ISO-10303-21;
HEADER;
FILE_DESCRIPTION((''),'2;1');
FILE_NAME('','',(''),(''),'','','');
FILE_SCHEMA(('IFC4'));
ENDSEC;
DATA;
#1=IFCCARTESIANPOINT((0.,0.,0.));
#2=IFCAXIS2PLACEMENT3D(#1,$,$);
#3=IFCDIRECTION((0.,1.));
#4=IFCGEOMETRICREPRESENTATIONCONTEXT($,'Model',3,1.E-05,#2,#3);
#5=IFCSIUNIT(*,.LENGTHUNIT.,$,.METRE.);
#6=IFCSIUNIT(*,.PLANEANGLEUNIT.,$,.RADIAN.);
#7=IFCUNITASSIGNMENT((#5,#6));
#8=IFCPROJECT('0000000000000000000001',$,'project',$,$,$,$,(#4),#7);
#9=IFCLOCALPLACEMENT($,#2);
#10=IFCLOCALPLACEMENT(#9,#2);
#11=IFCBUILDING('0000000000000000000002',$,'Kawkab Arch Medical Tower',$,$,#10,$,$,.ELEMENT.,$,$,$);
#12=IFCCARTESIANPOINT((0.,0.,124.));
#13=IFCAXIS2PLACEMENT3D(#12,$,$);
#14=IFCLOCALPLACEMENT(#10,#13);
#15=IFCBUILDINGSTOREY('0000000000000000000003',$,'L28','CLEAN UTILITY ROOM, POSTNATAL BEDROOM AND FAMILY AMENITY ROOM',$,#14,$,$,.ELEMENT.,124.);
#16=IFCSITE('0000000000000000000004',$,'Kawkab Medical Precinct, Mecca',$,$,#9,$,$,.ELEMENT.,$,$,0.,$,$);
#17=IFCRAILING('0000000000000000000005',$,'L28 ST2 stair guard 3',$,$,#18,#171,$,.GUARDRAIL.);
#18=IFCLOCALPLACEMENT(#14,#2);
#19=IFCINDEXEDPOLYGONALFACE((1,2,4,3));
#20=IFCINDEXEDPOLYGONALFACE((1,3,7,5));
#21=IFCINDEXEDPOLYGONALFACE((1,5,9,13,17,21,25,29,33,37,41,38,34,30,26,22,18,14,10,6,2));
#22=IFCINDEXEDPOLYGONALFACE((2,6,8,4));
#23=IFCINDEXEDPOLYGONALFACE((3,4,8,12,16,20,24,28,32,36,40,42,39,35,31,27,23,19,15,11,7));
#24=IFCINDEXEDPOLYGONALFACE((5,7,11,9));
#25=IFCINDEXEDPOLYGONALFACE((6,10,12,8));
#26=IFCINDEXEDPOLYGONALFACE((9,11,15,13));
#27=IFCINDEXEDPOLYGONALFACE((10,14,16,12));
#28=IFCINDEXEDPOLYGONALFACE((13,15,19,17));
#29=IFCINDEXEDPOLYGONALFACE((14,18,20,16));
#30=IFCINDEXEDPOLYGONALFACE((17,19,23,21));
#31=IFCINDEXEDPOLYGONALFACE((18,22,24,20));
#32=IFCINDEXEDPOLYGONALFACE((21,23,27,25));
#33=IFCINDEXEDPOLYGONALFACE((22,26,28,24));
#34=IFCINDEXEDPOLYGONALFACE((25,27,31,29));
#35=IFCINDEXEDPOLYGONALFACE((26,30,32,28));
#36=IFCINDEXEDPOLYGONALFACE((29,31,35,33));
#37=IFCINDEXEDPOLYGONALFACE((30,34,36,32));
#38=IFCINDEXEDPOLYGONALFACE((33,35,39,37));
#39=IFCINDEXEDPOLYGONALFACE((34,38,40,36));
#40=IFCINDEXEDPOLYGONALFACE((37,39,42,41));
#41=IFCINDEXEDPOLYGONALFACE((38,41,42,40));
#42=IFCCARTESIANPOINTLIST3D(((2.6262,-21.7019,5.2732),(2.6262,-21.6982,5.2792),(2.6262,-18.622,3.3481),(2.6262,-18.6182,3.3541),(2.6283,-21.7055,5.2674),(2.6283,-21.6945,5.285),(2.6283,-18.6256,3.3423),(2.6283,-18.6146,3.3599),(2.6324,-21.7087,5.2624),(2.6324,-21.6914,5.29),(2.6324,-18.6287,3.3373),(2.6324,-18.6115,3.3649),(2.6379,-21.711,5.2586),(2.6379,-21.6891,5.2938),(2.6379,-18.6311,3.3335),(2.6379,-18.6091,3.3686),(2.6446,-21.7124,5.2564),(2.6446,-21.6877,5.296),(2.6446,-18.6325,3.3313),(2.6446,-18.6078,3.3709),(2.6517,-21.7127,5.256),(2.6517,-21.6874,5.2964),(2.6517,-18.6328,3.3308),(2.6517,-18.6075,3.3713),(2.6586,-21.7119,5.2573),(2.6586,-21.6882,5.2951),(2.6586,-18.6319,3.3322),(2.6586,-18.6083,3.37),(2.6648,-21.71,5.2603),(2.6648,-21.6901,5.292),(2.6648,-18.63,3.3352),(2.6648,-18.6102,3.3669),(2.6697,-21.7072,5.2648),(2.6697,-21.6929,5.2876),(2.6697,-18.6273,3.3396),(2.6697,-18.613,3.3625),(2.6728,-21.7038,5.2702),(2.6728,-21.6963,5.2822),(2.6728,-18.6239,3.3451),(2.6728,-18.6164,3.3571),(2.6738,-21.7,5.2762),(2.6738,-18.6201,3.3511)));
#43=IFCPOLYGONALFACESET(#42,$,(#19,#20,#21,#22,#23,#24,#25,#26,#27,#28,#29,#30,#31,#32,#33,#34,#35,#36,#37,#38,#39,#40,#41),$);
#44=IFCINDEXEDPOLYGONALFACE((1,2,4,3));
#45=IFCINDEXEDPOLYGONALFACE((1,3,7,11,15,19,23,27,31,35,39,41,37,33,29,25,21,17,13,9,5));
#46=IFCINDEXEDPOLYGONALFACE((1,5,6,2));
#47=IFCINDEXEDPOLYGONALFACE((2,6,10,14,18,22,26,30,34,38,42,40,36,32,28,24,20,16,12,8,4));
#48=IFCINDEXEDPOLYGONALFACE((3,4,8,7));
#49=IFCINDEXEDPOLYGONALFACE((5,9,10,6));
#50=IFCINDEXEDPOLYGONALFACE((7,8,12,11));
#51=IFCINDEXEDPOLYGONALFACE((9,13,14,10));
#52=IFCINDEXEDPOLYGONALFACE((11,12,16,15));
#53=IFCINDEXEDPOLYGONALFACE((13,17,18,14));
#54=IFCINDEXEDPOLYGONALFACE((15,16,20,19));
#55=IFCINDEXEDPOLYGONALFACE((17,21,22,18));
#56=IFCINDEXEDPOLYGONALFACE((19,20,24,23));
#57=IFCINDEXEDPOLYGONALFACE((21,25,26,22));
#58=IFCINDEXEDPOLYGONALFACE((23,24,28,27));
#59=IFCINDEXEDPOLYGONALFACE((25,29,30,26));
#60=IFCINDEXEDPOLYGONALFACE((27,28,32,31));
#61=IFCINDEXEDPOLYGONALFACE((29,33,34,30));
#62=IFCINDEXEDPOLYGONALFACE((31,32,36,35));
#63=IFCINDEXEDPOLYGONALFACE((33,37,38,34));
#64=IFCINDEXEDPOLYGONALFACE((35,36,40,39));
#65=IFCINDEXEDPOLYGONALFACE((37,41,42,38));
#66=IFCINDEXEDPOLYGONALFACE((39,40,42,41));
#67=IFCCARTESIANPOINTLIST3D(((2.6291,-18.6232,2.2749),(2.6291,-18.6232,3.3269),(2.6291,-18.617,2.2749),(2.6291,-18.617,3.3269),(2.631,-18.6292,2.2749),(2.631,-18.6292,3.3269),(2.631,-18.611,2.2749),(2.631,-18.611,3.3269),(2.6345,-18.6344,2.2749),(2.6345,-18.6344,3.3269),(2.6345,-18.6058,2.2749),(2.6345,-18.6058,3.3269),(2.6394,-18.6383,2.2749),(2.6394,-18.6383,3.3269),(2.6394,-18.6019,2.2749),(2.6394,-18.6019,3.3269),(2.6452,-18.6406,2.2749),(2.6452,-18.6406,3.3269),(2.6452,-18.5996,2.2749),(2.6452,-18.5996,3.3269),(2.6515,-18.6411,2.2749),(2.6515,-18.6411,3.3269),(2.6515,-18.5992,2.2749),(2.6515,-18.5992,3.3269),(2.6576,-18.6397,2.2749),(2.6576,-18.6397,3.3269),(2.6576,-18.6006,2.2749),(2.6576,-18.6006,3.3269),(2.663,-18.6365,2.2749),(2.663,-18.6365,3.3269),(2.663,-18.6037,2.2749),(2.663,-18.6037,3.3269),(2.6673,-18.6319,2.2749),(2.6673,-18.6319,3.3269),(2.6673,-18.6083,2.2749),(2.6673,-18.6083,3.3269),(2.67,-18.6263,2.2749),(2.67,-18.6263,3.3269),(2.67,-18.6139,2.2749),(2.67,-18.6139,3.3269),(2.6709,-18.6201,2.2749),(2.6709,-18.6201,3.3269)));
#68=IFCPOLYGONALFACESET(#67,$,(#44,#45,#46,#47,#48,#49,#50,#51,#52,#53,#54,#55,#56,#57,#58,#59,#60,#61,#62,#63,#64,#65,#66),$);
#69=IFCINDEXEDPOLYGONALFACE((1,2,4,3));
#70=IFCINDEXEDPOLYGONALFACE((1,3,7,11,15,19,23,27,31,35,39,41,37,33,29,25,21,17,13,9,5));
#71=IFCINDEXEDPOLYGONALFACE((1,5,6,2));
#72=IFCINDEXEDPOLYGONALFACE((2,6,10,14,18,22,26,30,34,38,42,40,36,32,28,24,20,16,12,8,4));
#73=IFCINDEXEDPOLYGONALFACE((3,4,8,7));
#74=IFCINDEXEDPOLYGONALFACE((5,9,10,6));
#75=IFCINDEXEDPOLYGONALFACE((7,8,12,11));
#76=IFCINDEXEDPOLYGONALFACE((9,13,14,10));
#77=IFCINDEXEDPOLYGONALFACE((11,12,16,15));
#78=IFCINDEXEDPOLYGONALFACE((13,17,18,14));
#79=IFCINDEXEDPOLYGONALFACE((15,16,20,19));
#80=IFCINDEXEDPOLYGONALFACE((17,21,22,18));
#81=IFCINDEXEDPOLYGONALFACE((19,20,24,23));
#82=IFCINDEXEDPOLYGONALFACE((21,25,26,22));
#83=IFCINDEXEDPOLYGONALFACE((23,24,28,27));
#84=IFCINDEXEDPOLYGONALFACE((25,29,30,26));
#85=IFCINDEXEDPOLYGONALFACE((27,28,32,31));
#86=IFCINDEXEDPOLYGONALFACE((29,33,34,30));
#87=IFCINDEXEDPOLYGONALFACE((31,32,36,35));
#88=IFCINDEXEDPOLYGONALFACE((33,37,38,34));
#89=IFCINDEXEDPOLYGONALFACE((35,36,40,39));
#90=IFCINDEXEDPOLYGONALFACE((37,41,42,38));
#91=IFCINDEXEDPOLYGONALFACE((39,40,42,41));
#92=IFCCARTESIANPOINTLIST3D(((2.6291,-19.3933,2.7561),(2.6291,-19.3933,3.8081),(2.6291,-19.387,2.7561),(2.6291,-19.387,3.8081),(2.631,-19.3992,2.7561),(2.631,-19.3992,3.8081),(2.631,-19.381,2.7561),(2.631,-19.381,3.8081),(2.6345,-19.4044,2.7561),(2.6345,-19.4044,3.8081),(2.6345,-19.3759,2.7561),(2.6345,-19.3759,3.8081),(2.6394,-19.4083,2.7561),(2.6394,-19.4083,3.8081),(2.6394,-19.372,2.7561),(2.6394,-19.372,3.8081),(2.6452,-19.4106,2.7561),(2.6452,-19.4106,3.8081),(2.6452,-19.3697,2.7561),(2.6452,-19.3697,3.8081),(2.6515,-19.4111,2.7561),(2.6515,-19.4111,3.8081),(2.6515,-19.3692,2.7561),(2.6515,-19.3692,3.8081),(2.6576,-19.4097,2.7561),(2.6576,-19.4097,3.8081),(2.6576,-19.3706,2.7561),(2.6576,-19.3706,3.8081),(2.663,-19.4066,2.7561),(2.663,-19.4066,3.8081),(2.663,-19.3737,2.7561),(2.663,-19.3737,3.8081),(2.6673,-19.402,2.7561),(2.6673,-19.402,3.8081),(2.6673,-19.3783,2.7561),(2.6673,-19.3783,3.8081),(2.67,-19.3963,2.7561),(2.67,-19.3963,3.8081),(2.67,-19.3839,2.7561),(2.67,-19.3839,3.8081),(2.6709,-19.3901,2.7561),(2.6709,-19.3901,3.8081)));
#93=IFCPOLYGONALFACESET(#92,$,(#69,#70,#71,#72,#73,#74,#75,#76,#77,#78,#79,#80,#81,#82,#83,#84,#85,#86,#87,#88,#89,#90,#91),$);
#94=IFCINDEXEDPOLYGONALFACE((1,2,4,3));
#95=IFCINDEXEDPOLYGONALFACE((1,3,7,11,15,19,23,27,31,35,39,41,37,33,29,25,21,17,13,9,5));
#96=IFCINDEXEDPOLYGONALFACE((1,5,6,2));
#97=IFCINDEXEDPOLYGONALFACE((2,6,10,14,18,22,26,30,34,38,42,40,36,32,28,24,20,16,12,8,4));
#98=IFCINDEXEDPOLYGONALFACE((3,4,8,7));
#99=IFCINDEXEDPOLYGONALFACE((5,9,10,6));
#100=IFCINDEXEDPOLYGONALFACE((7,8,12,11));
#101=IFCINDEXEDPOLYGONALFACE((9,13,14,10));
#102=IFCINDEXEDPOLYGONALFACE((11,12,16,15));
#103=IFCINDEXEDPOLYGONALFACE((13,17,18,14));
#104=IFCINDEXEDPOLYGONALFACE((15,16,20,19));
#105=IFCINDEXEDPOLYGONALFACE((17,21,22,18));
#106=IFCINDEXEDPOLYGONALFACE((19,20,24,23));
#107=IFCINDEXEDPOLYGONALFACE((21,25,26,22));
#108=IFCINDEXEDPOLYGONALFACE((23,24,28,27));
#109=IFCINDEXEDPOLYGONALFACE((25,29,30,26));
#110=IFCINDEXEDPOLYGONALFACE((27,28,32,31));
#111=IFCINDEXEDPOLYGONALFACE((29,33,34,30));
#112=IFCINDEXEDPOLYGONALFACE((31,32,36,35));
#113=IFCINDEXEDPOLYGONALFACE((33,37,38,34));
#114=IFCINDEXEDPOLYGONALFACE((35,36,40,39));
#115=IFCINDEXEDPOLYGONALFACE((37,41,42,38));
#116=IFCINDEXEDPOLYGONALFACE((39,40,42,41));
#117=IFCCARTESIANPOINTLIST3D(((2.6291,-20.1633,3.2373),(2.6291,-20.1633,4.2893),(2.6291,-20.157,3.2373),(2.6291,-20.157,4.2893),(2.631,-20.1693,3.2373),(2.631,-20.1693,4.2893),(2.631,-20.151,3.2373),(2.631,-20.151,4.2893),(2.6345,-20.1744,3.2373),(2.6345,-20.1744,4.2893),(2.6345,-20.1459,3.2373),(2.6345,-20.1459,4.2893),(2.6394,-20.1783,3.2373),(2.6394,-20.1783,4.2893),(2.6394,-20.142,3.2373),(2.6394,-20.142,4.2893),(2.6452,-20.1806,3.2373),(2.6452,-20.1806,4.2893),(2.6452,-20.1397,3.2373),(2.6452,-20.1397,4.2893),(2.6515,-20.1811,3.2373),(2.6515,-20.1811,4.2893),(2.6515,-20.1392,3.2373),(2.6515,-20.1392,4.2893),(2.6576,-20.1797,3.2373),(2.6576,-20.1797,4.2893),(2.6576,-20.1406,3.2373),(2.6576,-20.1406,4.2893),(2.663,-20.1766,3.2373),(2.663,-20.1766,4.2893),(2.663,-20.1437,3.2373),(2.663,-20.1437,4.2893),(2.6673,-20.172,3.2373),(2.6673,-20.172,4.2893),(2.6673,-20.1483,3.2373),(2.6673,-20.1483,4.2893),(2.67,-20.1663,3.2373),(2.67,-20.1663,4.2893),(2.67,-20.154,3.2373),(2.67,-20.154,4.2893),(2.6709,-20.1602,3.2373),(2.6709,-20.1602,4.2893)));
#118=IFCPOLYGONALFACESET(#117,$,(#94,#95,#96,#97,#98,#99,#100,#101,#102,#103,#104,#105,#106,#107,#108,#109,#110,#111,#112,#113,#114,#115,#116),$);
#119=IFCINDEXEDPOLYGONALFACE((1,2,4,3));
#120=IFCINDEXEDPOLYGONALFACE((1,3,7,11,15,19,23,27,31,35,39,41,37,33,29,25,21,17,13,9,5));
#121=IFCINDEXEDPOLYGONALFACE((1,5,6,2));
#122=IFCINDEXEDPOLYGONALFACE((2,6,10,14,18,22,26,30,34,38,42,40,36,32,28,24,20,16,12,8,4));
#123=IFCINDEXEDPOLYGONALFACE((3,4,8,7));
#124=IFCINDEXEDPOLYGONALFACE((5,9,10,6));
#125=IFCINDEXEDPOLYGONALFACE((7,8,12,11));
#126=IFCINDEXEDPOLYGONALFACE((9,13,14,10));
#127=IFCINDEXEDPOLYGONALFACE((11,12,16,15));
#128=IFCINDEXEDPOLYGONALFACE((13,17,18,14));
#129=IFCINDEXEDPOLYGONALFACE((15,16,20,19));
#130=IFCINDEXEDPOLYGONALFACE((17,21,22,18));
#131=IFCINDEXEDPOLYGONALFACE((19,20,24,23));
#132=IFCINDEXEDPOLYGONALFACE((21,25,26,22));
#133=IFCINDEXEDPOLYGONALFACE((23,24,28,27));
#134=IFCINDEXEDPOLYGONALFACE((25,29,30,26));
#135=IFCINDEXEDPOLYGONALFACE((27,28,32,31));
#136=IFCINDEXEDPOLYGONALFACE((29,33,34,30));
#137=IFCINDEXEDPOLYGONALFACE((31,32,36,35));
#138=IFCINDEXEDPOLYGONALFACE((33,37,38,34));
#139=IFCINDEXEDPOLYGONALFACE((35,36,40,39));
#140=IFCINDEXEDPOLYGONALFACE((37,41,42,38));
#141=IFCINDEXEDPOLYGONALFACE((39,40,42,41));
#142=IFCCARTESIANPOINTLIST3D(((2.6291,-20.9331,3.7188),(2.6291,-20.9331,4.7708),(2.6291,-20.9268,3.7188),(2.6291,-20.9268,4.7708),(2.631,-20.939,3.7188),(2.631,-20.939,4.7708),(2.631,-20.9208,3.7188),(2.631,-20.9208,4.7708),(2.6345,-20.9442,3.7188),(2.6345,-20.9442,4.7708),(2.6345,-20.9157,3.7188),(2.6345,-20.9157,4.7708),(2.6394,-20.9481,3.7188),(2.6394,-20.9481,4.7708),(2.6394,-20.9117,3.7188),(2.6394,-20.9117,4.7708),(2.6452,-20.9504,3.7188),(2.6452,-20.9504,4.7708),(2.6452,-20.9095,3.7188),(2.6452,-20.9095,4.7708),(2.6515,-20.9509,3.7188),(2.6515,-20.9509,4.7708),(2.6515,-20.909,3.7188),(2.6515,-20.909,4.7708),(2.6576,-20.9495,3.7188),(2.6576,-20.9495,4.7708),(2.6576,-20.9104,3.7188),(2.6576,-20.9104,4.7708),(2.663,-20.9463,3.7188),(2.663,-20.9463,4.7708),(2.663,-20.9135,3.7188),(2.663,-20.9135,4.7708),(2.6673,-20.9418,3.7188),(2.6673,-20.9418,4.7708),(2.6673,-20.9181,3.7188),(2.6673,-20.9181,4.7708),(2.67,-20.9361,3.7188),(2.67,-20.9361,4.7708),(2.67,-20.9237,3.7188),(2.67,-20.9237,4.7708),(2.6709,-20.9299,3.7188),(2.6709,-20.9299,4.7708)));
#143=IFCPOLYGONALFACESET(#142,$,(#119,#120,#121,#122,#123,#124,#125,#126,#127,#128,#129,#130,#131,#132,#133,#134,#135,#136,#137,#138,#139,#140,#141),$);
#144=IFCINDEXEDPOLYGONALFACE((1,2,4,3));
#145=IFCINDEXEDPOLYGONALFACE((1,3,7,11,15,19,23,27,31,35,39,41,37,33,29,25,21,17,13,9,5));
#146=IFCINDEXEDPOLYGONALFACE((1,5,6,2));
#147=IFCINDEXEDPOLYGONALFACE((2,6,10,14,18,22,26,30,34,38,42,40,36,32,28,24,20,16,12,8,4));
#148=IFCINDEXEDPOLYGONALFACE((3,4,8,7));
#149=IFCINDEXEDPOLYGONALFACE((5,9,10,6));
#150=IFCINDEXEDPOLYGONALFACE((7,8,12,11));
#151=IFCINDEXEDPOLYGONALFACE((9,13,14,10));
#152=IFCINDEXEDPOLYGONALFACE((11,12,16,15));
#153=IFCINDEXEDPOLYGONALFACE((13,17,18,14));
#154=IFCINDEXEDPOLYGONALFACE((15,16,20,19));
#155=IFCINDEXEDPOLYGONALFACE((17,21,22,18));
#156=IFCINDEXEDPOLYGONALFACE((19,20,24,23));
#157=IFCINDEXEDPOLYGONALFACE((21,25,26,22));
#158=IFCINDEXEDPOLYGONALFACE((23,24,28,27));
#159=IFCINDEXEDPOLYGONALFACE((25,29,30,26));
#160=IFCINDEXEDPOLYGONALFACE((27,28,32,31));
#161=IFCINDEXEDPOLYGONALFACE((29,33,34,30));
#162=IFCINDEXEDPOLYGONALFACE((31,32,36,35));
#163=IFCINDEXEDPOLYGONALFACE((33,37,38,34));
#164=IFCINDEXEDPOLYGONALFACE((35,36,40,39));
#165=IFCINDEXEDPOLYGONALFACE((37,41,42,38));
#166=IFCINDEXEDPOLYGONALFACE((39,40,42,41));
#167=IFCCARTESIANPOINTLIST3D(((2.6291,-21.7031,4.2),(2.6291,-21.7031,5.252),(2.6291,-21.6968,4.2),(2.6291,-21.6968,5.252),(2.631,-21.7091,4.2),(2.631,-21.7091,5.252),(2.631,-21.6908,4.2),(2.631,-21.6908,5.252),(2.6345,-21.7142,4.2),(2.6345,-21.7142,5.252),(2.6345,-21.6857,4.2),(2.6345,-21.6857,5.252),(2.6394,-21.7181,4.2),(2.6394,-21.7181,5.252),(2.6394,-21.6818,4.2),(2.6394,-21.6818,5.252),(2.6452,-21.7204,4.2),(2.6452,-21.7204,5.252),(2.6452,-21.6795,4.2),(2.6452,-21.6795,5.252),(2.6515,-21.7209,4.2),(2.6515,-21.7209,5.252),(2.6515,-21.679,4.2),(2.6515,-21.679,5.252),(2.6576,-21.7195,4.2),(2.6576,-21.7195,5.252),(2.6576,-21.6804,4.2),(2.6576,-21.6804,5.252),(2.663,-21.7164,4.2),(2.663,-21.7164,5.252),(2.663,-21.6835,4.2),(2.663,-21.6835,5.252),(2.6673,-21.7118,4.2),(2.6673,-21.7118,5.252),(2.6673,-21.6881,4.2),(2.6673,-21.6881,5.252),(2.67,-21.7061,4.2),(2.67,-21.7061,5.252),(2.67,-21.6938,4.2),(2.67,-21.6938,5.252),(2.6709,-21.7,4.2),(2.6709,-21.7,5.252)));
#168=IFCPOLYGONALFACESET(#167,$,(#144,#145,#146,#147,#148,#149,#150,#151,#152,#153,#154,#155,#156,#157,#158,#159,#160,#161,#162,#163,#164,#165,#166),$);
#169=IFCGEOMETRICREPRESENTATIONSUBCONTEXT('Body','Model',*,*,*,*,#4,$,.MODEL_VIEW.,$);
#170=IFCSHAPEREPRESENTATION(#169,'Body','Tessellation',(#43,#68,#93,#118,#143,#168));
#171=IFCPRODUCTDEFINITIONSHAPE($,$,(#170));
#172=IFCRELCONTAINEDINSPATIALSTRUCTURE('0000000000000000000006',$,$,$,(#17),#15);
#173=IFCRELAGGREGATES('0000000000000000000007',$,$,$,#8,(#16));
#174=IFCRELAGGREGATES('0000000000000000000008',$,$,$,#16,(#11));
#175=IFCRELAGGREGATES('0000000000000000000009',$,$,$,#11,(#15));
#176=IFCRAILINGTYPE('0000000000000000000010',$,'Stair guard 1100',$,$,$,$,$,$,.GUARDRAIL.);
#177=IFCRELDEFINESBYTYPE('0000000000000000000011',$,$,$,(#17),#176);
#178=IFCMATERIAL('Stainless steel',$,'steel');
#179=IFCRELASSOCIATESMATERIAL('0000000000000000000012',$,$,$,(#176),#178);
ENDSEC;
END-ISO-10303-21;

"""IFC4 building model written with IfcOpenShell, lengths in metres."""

from ifc_helpers import new_model, si_unit, direction, frame, origin, origin_2d, place, context, subcontext, project, spatial, circle, extrude, material, type_object, element, save


model = new_model("IFC4")

# Units and contexts
model_context = context("Model", 3, precision=1e-05, world=origin(), true_north=direction((0.0, 1.0)))
body_context = subcontext(model_context, "Body", "Model", "MODEL_VIEW")
ifc_project = project(units=[si_unit("LENGTHUNIT", "METRE"), si_unit("PLANEANGLEUNIT", "RADIAN")], contexts=[model_context])

# Site, building, storey
site_placement = place(None, origin())
site = spatial("IfcSite", under=ifc_project, at=site_placement, Name="Kawkab Medical Precinct, Mecca", CompositionType="ELEMENT", RefElevation=0.0)
building_placement = place(site_placement, origin())
building = spatial("IfcBuilding", under=site, at=building_placement, Name="Kawkab Arch Medical Tower", CompositionType="ELEMENT")
storey_placement = place(building_placement, frame((0.0, 0.0, 124.0)))
storey = spatial("IfcBuildingStorey", under=building, at=storey_placement, Name="L28", Description="CLEAN UTILITY ROOM, POSTNATAL BEDROOM AND FAMILY AMENITY ROOM", CompositionType="ELEMENT", Elevation=124.0)

# Railing
ifc_material_1 = material(Name="Stainless steel", Category="steel")
railing_type_1 = type_object("IfcRailingType", Name="Stair guard 1100", PredefinedType="GUARDRAIL", material=ifc_material_1)
railing_1_placement = place(storey_placement, frame((2.6499, -18.6201, 2.2749)))
element("IfcRailing", 1, at=railing_1_placement, inside=storey, type_object=railing_type_1, Name="L28 ST2 stair guard 3", PredefinedType="GUARDRAIL", context=body_context, shape_type="SweptSolid", body=[
    extrude(circle(Radius=0.0239, at=origin_2d()), frame((0.0, 0.0, 1.0762), z_axis=(0.0, -0.847979, 0.530029), x_axis=(1.0, 0.0, 0.0)), (0.0, 0.0, 1.0), 3.6321),
    extrude(circle(Radius=0.021, at=origin_2d()), origin(), (0.0, 0.0, 1.0), 1.052),
    extrude(circle(Radius=0.021, at=origin_2d()), frame((0.0, -0.77, 0.4812)), (0.0, 0.0, 1.0), 1.052),
    extrude(circle(Radius=0.021, at=origin_2d()), frame((0.0, -1.54, 0.9624)), (0.0, 0.0, 1.0), 1.052),
    extrude(circle(Radius=0.021, at=origin_2d()), frame((0.0, -2.3098, 1.4438)), (0.0, 0.0, 1.0), 1.052),
    extrude(circle(Radius=0.021, at=origin_2d()), frame((0.0, -3.0798, 1.925)), (0.0, 0.0, 1.0), 1.052),
])

save(model, "model.ifc")
